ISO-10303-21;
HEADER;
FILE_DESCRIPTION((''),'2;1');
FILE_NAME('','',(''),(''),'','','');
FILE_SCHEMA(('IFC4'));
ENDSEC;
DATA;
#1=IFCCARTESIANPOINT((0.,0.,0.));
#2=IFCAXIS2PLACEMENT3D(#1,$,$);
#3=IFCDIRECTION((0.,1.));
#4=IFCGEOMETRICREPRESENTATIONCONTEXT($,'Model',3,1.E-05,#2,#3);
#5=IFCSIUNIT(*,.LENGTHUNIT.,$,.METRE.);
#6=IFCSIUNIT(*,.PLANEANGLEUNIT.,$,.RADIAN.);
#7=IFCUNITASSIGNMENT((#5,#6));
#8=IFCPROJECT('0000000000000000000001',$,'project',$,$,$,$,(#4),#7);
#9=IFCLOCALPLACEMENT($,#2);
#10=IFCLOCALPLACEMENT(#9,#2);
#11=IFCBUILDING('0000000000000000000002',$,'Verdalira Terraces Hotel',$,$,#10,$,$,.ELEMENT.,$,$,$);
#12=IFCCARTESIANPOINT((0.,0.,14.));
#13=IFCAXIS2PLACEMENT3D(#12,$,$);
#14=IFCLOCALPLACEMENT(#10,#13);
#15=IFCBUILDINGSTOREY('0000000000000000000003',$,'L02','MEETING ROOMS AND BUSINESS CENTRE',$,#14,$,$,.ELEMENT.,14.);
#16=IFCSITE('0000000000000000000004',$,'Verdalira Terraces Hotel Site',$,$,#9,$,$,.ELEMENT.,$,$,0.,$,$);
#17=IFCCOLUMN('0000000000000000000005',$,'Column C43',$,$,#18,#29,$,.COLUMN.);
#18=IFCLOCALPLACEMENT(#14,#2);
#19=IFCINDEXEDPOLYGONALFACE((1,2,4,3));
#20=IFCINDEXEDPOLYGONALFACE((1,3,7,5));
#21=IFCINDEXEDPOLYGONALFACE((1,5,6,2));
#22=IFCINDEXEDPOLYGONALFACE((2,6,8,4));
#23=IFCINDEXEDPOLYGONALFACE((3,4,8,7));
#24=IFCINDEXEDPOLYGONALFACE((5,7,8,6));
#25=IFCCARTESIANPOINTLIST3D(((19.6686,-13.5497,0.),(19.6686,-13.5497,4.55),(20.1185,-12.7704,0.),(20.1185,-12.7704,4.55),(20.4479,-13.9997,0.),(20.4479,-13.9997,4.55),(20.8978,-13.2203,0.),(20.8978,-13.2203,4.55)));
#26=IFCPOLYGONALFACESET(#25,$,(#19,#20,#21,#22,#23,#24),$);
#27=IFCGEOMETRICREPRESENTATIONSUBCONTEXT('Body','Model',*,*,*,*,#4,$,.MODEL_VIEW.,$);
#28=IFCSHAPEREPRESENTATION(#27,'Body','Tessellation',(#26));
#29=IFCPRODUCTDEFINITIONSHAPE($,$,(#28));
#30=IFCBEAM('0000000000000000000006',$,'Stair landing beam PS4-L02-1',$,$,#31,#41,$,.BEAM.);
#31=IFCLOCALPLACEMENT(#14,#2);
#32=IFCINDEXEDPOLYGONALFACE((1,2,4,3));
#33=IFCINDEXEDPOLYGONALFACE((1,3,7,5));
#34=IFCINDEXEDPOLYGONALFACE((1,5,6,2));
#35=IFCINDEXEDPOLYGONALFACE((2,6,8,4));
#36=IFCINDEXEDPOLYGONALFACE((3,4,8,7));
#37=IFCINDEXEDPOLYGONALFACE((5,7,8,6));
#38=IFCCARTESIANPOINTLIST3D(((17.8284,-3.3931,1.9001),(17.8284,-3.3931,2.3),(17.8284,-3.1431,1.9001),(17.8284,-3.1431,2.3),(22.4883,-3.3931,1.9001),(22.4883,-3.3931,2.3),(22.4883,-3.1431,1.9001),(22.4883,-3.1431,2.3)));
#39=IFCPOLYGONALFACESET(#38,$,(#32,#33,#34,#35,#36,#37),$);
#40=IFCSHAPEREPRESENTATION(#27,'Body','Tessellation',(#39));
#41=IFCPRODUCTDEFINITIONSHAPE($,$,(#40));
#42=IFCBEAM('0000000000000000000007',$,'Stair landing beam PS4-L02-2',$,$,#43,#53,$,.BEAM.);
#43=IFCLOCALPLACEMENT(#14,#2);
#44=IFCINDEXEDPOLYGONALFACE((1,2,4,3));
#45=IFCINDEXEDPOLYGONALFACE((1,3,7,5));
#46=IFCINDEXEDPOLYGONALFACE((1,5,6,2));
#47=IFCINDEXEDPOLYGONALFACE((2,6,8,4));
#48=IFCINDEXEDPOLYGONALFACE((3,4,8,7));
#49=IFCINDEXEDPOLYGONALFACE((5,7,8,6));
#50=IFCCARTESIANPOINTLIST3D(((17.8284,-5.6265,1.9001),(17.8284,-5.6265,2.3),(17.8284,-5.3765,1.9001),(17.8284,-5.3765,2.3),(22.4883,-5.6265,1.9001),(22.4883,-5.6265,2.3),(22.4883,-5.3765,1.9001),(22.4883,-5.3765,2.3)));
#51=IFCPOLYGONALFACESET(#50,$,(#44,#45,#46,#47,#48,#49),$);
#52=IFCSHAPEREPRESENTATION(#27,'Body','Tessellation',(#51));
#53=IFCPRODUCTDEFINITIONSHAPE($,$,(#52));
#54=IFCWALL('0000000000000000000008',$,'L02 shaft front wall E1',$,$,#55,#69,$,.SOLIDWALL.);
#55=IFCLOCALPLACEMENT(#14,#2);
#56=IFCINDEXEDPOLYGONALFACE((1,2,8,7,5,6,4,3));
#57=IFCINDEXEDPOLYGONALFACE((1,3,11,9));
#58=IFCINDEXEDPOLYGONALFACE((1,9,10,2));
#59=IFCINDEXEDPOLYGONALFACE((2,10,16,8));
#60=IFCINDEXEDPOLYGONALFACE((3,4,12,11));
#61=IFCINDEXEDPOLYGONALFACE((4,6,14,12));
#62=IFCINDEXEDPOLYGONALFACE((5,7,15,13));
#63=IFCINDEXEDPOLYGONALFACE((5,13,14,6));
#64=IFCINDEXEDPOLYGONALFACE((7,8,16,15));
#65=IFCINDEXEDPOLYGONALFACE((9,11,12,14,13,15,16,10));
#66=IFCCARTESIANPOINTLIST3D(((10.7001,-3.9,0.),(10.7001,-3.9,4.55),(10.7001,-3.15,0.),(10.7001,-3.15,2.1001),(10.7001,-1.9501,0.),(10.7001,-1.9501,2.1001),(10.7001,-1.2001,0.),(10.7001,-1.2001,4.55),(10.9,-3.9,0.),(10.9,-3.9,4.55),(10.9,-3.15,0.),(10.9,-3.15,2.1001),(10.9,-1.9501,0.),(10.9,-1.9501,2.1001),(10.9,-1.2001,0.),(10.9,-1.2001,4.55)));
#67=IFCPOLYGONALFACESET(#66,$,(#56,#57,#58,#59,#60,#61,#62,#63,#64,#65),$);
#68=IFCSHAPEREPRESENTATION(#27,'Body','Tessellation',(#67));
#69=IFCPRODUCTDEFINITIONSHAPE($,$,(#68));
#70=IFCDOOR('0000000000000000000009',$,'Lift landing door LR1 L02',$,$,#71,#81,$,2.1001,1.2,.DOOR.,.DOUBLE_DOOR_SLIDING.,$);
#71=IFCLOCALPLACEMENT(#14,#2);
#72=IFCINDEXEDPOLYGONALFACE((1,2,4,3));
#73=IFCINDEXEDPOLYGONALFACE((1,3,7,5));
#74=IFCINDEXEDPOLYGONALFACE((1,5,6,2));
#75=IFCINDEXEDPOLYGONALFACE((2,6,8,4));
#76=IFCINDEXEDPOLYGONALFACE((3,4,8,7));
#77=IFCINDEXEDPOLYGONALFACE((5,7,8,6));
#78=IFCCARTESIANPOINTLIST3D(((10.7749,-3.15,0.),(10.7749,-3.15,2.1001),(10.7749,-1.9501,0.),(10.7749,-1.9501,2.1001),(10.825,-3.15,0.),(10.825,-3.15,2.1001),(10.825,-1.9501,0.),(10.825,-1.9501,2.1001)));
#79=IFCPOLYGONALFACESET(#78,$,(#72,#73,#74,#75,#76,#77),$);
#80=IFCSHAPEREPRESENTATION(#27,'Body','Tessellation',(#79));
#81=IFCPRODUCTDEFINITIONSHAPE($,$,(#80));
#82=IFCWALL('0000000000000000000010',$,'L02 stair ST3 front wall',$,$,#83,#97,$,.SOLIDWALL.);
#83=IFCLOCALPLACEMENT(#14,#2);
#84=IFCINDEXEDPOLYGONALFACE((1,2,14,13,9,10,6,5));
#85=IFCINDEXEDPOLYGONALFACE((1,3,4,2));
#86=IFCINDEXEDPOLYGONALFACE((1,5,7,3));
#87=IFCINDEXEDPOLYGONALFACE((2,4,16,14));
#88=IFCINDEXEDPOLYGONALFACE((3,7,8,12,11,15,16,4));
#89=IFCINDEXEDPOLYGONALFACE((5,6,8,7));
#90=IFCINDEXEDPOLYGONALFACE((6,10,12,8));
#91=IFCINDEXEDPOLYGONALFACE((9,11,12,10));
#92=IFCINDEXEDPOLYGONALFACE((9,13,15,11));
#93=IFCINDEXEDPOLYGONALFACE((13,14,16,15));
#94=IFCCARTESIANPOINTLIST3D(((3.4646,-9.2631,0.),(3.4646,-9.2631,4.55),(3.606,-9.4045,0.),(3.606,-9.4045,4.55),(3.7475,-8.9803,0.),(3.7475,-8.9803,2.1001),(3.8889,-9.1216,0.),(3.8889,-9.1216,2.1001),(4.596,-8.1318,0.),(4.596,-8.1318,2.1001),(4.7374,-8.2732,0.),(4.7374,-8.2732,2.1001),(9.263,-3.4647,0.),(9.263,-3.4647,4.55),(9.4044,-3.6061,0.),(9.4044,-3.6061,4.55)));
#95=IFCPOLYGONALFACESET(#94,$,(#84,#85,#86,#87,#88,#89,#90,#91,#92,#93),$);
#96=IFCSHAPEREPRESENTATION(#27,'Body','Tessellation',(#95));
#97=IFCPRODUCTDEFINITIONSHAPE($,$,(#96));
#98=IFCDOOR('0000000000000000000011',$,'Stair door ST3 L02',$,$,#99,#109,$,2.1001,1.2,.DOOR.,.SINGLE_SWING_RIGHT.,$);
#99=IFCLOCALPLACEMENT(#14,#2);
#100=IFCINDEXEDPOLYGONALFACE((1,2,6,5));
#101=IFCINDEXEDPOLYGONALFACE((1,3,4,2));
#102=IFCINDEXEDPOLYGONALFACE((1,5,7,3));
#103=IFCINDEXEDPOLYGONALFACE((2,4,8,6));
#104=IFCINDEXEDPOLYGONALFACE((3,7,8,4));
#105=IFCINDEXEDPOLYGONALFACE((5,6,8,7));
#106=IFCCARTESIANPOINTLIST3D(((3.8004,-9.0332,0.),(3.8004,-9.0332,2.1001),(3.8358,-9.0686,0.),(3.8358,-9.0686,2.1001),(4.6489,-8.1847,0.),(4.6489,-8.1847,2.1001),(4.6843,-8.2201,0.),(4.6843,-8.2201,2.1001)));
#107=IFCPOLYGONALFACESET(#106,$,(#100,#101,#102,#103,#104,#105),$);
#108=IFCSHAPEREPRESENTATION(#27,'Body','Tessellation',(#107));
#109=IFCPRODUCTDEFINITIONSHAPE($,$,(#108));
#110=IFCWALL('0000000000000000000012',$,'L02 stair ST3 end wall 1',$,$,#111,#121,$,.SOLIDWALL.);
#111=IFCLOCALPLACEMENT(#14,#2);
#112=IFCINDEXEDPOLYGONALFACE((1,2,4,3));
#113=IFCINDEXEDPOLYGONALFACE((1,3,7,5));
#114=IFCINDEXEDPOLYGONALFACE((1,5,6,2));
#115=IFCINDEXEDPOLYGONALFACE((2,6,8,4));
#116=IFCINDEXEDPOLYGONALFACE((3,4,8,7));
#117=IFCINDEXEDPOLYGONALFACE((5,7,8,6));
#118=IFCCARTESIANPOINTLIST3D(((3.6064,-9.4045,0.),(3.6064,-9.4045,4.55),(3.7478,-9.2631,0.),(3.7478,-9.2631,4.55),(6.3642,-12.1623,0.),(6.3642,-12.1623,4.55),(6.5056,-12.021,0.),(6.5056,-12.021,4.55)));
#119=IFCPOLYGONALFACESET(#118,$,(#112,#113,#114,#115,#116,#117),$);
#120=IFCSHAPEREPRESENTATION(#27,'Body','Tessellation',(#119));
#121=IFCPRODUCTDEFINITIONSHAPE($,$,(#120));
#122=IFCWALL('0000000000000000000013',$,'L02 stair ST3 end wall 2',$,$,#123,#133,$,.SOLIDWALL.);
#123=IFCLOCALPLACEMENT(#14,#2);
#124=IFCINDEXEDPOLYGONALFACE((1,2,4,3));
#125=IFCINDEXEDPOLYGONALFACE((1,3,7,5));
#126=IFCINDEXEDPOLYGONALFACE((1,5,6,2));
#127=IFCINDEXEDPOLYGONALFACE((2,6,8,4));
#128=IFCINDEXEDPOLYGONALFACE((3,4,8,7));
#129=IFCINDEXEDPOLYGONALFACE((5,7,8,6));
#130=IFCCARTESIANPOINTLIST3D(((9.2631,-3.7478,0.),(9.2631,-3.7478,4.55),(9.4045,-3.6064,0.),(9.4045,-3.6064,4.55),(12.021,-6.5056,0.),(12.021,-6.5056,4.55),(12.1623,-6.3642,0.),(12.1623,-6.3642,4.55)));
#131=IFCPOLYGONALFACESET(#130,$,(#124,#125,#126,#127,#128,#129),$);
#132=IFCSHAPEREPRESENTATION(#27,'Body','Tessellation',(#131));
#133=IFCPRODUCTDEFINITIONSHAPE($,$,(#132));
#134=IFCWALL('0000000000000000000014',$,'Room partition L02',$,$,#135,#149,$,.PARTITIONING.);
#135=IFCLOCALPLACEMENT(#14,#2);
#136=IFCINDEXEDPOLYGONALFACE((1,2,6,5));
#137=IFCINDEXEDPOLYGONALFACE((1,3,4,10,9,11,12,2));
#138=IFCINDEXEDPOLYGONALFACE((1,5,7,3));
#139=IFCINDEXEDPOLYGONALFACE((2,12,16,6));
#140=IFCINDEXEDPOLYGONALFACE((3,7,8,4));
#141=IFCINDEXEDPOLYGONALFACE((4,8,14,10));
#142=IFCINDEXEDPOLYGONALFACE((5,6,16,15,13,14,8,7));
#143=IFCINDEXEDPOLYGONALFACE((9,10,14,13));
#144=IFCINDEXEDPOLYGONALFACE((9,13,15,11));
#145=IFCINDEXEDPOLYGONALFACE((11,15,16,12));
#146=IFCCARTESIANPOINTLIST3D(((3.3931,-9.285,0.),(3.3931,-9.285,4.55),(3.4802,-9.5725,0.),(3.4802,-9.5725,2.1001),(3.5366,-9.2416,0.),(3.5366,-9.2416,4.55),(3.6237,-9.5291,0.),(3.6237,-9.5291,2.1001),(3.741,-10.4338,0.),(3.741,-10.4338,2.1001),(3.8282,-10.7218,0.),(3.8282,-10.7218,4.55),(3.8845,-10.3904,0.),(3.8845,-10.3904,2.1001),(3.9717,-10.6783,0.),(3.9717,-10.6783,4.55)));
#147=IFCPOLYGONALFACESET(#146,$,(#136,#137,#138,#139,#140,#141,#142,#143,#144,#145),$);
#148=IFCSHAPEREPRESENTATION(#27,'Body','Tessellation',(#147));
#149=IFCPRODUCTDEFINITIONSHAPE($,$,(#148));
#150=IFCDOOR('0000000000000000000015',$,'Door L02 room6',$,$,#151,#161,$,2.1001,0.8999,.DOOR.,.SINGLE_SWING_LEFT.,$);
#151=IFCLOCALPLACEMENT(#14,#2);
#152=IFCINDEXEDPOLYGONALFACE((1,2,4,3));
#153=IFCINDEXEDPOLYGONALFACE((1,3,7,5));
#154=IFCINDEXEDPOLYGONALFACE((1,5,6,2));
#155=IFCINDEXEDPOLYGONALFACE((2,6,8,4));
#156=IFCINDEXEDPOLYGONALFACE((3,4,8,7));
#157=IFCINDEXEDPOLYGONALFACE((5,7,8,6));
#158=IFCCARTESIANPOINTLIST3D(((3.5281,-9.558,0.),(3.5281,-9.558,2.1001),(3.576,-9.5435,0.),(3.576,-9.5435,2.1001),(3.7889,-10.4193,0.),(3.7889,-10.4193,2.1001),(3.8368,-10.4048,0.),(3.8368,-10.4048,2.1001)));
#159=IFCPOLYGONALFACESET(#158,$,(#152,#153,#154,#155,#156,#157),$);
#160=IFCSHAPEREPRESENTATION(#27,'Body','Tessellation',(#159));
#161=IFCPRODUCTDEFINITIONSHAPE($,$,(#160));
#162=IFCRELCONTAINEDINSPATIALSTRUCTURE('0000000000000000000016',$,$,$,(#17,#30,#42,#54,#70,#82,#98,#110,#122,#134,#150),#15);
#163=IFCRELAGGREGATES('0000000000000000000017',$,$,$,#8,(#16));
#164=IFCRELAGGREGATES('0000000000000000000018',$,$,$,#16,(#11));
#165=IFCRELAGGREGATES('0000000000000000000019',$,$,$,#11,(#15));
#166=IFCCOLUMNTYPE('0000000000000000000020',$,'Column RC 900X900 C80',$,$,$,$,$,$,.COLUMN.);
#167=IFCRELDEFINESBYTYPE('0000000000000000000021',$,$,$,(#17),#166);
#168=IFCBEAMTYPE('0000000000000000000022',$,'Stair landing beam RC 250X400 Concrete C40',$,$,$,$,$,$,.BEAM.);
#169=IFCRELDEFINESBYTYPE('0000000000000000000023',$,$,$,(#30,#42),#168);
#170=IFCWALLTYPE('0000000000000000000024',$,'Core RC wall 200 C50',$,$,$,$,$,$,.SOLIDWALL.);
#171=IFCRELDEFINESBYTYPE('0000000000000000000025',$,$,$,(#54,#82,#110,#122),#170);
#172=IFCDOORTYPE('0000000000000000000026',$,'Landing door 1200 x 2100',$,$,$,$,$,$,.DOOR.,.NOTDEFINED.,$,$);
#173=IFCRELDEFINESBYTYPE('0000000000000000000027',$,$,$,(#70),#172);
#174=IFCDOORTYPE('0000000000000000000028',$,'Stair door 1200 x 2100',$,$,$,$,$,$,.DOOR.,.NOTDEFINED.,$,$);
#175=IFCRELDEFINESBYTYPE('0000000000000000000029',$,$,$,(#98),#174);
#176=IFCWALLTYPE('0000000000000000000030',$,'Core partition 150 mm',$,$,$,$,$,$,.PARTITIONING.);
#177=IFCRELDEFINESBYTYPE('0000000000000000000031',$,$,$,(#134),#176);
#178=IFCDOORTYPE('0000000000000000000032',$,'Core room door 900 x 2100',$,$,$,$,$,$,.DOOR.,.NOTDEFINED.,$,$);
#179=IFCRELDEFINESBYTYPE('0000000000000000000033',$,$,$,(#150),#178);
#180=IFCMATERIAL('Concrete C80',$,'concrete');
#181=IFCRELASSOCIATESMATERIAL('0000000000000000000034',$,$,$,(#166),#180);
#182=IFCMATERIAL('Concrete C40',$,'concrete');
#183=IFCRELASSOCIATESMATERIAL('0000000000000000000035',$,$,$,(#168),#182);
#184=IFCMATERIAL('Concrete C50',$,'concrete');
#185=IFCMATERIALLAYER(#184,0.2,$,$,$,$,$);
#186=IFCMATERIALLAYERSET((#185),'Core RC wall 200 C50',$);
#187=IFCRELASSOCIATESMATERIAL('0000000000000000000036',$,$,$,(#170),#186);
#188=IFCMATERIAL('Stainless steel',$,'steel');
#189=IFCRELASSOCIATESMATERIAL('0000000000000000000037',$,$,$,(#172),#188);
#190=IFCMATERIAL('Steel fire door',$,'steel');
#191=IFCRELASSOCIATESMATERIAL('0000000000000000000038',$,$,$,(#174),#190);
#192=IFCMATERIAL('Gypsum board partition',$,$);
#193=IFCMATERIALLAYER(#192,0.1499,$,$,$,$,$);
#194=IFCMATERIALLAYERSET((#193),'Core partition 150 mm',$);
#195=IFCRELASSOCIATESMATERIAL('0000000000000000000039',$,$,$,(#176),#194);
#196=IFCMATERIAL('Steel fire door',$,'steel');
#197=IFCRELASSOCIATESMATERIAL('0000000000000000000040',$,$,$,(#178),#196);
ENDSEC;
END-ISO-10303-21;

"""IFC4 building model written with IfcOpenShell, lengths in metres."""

from ifc_helpers import new_model, si_unit, direction, frame, frame_2d, origin, origin_2d, place, context, subcontext, project, spatial, rectangle, extrude, material, layer, layer_set, material_profile, profile_set, type_object, element, fill, save


model = new_model("IFC4")

# Units and contexts
model_context = context("Model", 3, precision=1e-05, world=origin(), true_north=direction((0.0, 1.0)))
body_context = subcontext(model_context, "Body", "Model", "MODEL_VIEW")
ifc_project = project(units=[si_unit("LENGTHUNIT", "METRE"), si_unit("PLANEANGLEUNIT", "RADIAN")], contexts=[model_context])

# Site, building, storey
site_placement = place(None, origin())
site = spatial("IfcSite", under=ifc_project, at=site_placement, Name="Verdalira Terraces Hotel Site", CompositionType="ELEMENT", RefElevation=0.0)
building_placement = place(site_placement, origin())
building = spatial("IfcBuilding", under=site, at=building_placement, Name="Verdalira Terraces Hotel", CompositionType="ELEMENT")
storey_placement = place(building_placement, frame((0.0, 0.0, 14.0)))
storey = spatial("IfcBuildingStorey", under=building, at=storey_placement, Name="L02", Description="MEETING ROOMS AND BUSINESS CENTRE", CompositionType="ELEMENT", Elevation=14.0)

# Column
ifc_material_1 = material(Name="Concrete C80", Category="concrete")
ifc_material_profile_1 = material_profile(ifc_material_1, rectangle(XDim=0.8999, YDim=0.8999, at=origin_2d()), Name="RC 900X900")
ifc_profile_set_1 = profile_set([ifc_material_profile_1], Name="Concrete C80")
column_type = type_object("IfcColumnType", Name="Column RC 900X900 C80", PredefinedType="COLUMN", material=ifc_profile_set_1)
column_placement = place(storey_placement, frame((20.2832, -13.385, 0.0), z_axis=(0.0, 0.0, 1.0), x_axis=(0.866025, -0.5, 0.0)))
element("IfcColumn", 1, at=column_placement, inside=storey, type_object=column_type, Name="Column C43", PredefinedType="COLUMN", context=body_context, shape_type="SweptSolid", body=[
    extrude(rectangle(XDim=0.8999, YDim=0.8999, at=origin_2d()), origin(), (0.0, 0.0, 1.0), 4.55),
])

# Beams
ifc_material_2 = material(Name="Concrete C40", Category="concrete")
ifc_material_profile_2 = material_profile(ifc_material_2, rectangle(XDim=0.25, YDim=0.3999, at=origin_2d()), Name="RC 250X400")
ifc_profile_set_2 = profile_set([ifc_material_profile_2], Name="Concrete C40")
beam_type = type_object("IfcBeamType", Name="Stair landing beam RC 250X400 Concrete C40", PredefinedType="BEAM", material=ifc_profile_set_2)
for number, where, z_axis, x_axis, name in (
    (2, (17.8284, -3.2681, 2.1001), (1.0, 0.0, 0.0), (0.0, 1.0, 0.0), "Stair landing beam PS4-L02-1"),
    (3, (17.8284, -5.5015, 2.1001), (1.0, 0.0, 0.0), (0.0, 1.0, 0.0), "Stair landing beam PS4-L02-2"),
):
    element("IfcBeam", number, at=place(storey_placement, frame(where, z_axis=z_axis, x_axis=x_axis)), inside=storey, type_object=beam_type, Name=name, PredefinedType="BEAM", context=body_context, shape_type="SweptSolid", body=[
        extrude(rectangle(XDim=0.25, YDim=0.3999, at=origin_2d()), origin(), (0.0, 0.0, 1.0), 4.6599),
    ])

# Walls, openings, doors
ifc_material_3 = material(Name="Concrete C50", Category="concrete")
ifc_layer_1 = layer(ifc_material_3, 0.2)
ifc_layer_set_1 = layer_set([ifc_layer_1], Name="Core RC wall 200 C50")
wall_type_1 = type_object("IfcWallType", Name="Core RC wall 200 C50", PredefinedType="SOLIDWALL", material=ifc_layer_set_1)
wall_1_placement = place(storey_placement, frame((10.8, -1.2, 0.0), z_axis=(0.0, 0.0, 1.0), x_axis=(0.0, -1.0, 0.0)))
wall_1 = element("IfcWall", 4, at=wall_1_placement, inside=storey, type_object=wall_type_1, Name="L02 shaft front wall E1", PredefinedType="SOLIDWALL", context=body_context, shape_type="SweptSolid", body=[
    extrude(rectangle(XDim=2.7, YDim=0.2, at=frame_2d((1.3501, 0.0))), origin(), (0.0, 0.0, 1.0), 4.55),
])
opening_1_placement = place(wall_1_placement, frame((0.75, 0.0, 0.0)))
opening_1 = element("IfcOpeningElement", 5, at=opening_1_placement, cuts=wall_1, PredefinedType="OPENING", context=body_context, shape_type="SweptSolid", body=[
    extrude(rectangle(XDim=1.2, YDim=2.1001, at=frame_2d((0.6001, 1.05))), frame((0.0, 0.1099, 0.0), z_axis=(0.0, -1.0, 0.0), x_axis=(1.0, 0.0, 0.0)), (0.0, 0.0, 1.0), 0.22),
])
ifc_material_4 = material(Name="Stainless steel", Category="steel")
door_type_1 = type_object("IfcDoorType", Name="Landing door 1200 x 2100", OperationType="NOTDEFINED", PredefinedType="DOOR", material=ifc_material_4)
door_1_placement = place(opening_1_placement, origin())
door_1 = element("IfcDoor", 6, at=door_1_placement, inside=storey, type_object=door_type_1, Name="Lift landing door LR1 L02", OperationType="DOUBLE_DOOR_SLIDING", OverallHeight=2.1001, OverallWidth=1.2, PredefinedType="DOOR", context=body_context, shape_type="SweptSolid", body=[
    extrude(rectangle(XDim=1.2, YDim=2.1001, at=frame_2d((0.6001, 1.05))), frame((0.0, 0.0249, 0.0), z_axis=(0.0, -1.0, 0.0), x_axis=(1.0, 0.0, 0.0)), (0.0, 0.0, 1.0), 0.05),
])
fill(opening_1, door_1)
wall_2_placement = place(storey_placement, frame((9.3337, -3.5354, 0.0), z_axis=(0.0, 0.0, 1.0), x_axis=(-0.707107, -0.707107, 0.0)))
wall_2 = element("IfcWall", 7, at=wall_2_placement, inside=storey, type_object=wall_type_1, Name="L02 stair ST3 front wall", PredefinedType="SOLIDWALL", context=body_context, shape_type="SweptSolid", body=[
    extrude(rectangle(XDim=8.2002, YDim=0.2, at=frame_2d((4.1001, 0.0))), origin(), (0.0, 0.0, 1.0), 4.55),
])
opening_2_placement = place(wall_2_placement, frame((6.6001, 0.0, 0.0)))
opening_2 = element("IfcOpeningElement", 8, at=opening_2_placement, cuts=wall_2, PredefinedType="OPENING", context=body_context, shape_type="SweptSolid", body=[
    extrude(rectangle(XDim=1.2, YDim=2.1001, at=frame_2d((0.6001, 1.05))), frame((0.0, 0.1099, 0.0), z_axis=(0.0, -1.0, 0.0), x_axis=(1.0, 0.0, 0.0)), (0.0, 0.0, 1.0), 0.22),
])
ifc_material_5 = material(Name="Steel fire door", Category="steel")
door_type_2 = type_object("IfcDoorType", Name="Stair door 1200 x 2100", OperationType="NOTDEFINED", PredefinedType="DOOR", material=ifc_material_5)
door_2_placement = place(opening_2_placement, origin())
door_2 = element("IfcDoor", 9, at=door_2_placement, inside=storey, type_object=door_type_2, Name="Stair door ST3 L02", OperationType="SINGLE_SWING_RIGHT", OverallHeight=2.1001, OverallWidth=1.2, PredefinedType="DOOR", context=body_context, shape_type="SweptSolid", body=[
    extrude(rectangle(XDim=1.2, YDim=2.1001, at=frame_2d((0.6001, 1.05))), frame((0.0, 0.0249, 0.0), z_axis=(0.0, -1.0, 0.0), x_axis=(1.0, 0.0, 0.0)), (0.0, 0.0, 1.0), 0.05),
])
fill(opening_2, door_2)

# Walls
for number, where, z_axis, x_axis, name in (
    (10, (3.677, -9.3337, 0.0), (0.0, 0.0, 1.0), (0.707107, -0.707107, 0.0), "L02 stair ST3 end wall 1"),
    (11, (9.3337, -3.677, 0.0), (0.0, 0.0, 1.0), (0.707107, -0.707107, 0.0), "L02 stair ST3 end wall 2"),
):
    element("IfcWall", number, at=place(storey_placement, frame(where, z_axis=z_axis, x_axis=x_axis)), inside=storey, type_object=wall_type_1, Name=name, PredefinedType="SOLIDWALL", context=body_context, shape_type="SweptSolid", body=[
        extrude(rectangle(XDim=3.9001, YDim=0.2, at=frame_2d((1.9502, 0.0))), origin(), (0.0, 0.0, 1.0), 4.55),
    ])

# Wall, opening, door
ifc_material_6 = material(Name="Gypsum board partition")
ifc_layer_2 = layer(ifc_material_6, 0.1499)
ifc_layer_set_2 = layer_set([ifc_layer_2], Name="Core partition 150 mm")
wall_type_2 = type_object("IfcWallType", Name="Core partition 150 mm", PredefinedType="PARTITIONING", material=ifc_layer_set_2)
wall_3_placement = place(storey_placement, frame((3.8999, -10.7, 0.0), z_axis=(0.0, 0.0, 1.0), x_axis=(-0.289809, 0.957085, 0.0)))
wall_3 = element("IfcWall", 12, at=wall_3_placement, inside=storey, type_object=wall_type_2, Name="Room partition L02", PredefinedType="PARTITIONING", context=body_context, shape_type="SweptSolid", body=[
    extrude(rectangle(XDim=1.5012, YDim=0.1499, at=frame_2d((0.7505, 0.0))), origin(), (0.0, 0.0, 1.0), 4.55),
])
opening_3_placement = place(wall_3_placement, frame((0.3008, 0.0, 0.0)))
opening_3 = element("IfcOpeningElement", 13, at=opening_3_placement, cuts=wall_3, PredefinedType="OPENING", context=body_context, shape_type="SweptSolid", body=[
    extrude(rectangle(XDim=0.8999, YDim=2.1001, at=frame_2d((0.45, 1.05))), frame((0.0, 0.085, 0.0), z_axis=(0.0, -1.0, 0.0), x_axis=(1.0, 0.0, 0.0)), (0.0, 0.0, 1.0), 0.1699),
])
ifc_material_7 = material(Name="Steel fire door", Category="steel")
door_type_3 = type_object("IfcDoorType", Name="Core room door 900 x 2100", OperationType="NOTDEFINED", PredefinedType="DOOR", material=ifc_material_7)
door_3_placement = place(opening_3_placement, origin())
door_3 = element("IfcDoor", 14, at=door_3_placement, inside=storey, type_object=door_type_3, Name="Door L02 room6", OperationType="SINGLE_SWING_LEFT", OverallHeight=2.1001, OverallWidth=0.8999, PredefinedType="DOOR", context=body_context, shape_type="SweptSolid", body=[
    extrude(rectangle(XDim=0.8999, YDim=2.1001, at=frame_2d((0.45, 1.05))), frame((0.0, 0.0249, 0.0), z_axis=(0.0, -1.0, 0.0), x_axis=(1.0, 0.0, 0.0)), (0.0, 0.0, 1.0), 0.05),
])
fill(opening_3, door_3)

save(model, "model.ifc")
